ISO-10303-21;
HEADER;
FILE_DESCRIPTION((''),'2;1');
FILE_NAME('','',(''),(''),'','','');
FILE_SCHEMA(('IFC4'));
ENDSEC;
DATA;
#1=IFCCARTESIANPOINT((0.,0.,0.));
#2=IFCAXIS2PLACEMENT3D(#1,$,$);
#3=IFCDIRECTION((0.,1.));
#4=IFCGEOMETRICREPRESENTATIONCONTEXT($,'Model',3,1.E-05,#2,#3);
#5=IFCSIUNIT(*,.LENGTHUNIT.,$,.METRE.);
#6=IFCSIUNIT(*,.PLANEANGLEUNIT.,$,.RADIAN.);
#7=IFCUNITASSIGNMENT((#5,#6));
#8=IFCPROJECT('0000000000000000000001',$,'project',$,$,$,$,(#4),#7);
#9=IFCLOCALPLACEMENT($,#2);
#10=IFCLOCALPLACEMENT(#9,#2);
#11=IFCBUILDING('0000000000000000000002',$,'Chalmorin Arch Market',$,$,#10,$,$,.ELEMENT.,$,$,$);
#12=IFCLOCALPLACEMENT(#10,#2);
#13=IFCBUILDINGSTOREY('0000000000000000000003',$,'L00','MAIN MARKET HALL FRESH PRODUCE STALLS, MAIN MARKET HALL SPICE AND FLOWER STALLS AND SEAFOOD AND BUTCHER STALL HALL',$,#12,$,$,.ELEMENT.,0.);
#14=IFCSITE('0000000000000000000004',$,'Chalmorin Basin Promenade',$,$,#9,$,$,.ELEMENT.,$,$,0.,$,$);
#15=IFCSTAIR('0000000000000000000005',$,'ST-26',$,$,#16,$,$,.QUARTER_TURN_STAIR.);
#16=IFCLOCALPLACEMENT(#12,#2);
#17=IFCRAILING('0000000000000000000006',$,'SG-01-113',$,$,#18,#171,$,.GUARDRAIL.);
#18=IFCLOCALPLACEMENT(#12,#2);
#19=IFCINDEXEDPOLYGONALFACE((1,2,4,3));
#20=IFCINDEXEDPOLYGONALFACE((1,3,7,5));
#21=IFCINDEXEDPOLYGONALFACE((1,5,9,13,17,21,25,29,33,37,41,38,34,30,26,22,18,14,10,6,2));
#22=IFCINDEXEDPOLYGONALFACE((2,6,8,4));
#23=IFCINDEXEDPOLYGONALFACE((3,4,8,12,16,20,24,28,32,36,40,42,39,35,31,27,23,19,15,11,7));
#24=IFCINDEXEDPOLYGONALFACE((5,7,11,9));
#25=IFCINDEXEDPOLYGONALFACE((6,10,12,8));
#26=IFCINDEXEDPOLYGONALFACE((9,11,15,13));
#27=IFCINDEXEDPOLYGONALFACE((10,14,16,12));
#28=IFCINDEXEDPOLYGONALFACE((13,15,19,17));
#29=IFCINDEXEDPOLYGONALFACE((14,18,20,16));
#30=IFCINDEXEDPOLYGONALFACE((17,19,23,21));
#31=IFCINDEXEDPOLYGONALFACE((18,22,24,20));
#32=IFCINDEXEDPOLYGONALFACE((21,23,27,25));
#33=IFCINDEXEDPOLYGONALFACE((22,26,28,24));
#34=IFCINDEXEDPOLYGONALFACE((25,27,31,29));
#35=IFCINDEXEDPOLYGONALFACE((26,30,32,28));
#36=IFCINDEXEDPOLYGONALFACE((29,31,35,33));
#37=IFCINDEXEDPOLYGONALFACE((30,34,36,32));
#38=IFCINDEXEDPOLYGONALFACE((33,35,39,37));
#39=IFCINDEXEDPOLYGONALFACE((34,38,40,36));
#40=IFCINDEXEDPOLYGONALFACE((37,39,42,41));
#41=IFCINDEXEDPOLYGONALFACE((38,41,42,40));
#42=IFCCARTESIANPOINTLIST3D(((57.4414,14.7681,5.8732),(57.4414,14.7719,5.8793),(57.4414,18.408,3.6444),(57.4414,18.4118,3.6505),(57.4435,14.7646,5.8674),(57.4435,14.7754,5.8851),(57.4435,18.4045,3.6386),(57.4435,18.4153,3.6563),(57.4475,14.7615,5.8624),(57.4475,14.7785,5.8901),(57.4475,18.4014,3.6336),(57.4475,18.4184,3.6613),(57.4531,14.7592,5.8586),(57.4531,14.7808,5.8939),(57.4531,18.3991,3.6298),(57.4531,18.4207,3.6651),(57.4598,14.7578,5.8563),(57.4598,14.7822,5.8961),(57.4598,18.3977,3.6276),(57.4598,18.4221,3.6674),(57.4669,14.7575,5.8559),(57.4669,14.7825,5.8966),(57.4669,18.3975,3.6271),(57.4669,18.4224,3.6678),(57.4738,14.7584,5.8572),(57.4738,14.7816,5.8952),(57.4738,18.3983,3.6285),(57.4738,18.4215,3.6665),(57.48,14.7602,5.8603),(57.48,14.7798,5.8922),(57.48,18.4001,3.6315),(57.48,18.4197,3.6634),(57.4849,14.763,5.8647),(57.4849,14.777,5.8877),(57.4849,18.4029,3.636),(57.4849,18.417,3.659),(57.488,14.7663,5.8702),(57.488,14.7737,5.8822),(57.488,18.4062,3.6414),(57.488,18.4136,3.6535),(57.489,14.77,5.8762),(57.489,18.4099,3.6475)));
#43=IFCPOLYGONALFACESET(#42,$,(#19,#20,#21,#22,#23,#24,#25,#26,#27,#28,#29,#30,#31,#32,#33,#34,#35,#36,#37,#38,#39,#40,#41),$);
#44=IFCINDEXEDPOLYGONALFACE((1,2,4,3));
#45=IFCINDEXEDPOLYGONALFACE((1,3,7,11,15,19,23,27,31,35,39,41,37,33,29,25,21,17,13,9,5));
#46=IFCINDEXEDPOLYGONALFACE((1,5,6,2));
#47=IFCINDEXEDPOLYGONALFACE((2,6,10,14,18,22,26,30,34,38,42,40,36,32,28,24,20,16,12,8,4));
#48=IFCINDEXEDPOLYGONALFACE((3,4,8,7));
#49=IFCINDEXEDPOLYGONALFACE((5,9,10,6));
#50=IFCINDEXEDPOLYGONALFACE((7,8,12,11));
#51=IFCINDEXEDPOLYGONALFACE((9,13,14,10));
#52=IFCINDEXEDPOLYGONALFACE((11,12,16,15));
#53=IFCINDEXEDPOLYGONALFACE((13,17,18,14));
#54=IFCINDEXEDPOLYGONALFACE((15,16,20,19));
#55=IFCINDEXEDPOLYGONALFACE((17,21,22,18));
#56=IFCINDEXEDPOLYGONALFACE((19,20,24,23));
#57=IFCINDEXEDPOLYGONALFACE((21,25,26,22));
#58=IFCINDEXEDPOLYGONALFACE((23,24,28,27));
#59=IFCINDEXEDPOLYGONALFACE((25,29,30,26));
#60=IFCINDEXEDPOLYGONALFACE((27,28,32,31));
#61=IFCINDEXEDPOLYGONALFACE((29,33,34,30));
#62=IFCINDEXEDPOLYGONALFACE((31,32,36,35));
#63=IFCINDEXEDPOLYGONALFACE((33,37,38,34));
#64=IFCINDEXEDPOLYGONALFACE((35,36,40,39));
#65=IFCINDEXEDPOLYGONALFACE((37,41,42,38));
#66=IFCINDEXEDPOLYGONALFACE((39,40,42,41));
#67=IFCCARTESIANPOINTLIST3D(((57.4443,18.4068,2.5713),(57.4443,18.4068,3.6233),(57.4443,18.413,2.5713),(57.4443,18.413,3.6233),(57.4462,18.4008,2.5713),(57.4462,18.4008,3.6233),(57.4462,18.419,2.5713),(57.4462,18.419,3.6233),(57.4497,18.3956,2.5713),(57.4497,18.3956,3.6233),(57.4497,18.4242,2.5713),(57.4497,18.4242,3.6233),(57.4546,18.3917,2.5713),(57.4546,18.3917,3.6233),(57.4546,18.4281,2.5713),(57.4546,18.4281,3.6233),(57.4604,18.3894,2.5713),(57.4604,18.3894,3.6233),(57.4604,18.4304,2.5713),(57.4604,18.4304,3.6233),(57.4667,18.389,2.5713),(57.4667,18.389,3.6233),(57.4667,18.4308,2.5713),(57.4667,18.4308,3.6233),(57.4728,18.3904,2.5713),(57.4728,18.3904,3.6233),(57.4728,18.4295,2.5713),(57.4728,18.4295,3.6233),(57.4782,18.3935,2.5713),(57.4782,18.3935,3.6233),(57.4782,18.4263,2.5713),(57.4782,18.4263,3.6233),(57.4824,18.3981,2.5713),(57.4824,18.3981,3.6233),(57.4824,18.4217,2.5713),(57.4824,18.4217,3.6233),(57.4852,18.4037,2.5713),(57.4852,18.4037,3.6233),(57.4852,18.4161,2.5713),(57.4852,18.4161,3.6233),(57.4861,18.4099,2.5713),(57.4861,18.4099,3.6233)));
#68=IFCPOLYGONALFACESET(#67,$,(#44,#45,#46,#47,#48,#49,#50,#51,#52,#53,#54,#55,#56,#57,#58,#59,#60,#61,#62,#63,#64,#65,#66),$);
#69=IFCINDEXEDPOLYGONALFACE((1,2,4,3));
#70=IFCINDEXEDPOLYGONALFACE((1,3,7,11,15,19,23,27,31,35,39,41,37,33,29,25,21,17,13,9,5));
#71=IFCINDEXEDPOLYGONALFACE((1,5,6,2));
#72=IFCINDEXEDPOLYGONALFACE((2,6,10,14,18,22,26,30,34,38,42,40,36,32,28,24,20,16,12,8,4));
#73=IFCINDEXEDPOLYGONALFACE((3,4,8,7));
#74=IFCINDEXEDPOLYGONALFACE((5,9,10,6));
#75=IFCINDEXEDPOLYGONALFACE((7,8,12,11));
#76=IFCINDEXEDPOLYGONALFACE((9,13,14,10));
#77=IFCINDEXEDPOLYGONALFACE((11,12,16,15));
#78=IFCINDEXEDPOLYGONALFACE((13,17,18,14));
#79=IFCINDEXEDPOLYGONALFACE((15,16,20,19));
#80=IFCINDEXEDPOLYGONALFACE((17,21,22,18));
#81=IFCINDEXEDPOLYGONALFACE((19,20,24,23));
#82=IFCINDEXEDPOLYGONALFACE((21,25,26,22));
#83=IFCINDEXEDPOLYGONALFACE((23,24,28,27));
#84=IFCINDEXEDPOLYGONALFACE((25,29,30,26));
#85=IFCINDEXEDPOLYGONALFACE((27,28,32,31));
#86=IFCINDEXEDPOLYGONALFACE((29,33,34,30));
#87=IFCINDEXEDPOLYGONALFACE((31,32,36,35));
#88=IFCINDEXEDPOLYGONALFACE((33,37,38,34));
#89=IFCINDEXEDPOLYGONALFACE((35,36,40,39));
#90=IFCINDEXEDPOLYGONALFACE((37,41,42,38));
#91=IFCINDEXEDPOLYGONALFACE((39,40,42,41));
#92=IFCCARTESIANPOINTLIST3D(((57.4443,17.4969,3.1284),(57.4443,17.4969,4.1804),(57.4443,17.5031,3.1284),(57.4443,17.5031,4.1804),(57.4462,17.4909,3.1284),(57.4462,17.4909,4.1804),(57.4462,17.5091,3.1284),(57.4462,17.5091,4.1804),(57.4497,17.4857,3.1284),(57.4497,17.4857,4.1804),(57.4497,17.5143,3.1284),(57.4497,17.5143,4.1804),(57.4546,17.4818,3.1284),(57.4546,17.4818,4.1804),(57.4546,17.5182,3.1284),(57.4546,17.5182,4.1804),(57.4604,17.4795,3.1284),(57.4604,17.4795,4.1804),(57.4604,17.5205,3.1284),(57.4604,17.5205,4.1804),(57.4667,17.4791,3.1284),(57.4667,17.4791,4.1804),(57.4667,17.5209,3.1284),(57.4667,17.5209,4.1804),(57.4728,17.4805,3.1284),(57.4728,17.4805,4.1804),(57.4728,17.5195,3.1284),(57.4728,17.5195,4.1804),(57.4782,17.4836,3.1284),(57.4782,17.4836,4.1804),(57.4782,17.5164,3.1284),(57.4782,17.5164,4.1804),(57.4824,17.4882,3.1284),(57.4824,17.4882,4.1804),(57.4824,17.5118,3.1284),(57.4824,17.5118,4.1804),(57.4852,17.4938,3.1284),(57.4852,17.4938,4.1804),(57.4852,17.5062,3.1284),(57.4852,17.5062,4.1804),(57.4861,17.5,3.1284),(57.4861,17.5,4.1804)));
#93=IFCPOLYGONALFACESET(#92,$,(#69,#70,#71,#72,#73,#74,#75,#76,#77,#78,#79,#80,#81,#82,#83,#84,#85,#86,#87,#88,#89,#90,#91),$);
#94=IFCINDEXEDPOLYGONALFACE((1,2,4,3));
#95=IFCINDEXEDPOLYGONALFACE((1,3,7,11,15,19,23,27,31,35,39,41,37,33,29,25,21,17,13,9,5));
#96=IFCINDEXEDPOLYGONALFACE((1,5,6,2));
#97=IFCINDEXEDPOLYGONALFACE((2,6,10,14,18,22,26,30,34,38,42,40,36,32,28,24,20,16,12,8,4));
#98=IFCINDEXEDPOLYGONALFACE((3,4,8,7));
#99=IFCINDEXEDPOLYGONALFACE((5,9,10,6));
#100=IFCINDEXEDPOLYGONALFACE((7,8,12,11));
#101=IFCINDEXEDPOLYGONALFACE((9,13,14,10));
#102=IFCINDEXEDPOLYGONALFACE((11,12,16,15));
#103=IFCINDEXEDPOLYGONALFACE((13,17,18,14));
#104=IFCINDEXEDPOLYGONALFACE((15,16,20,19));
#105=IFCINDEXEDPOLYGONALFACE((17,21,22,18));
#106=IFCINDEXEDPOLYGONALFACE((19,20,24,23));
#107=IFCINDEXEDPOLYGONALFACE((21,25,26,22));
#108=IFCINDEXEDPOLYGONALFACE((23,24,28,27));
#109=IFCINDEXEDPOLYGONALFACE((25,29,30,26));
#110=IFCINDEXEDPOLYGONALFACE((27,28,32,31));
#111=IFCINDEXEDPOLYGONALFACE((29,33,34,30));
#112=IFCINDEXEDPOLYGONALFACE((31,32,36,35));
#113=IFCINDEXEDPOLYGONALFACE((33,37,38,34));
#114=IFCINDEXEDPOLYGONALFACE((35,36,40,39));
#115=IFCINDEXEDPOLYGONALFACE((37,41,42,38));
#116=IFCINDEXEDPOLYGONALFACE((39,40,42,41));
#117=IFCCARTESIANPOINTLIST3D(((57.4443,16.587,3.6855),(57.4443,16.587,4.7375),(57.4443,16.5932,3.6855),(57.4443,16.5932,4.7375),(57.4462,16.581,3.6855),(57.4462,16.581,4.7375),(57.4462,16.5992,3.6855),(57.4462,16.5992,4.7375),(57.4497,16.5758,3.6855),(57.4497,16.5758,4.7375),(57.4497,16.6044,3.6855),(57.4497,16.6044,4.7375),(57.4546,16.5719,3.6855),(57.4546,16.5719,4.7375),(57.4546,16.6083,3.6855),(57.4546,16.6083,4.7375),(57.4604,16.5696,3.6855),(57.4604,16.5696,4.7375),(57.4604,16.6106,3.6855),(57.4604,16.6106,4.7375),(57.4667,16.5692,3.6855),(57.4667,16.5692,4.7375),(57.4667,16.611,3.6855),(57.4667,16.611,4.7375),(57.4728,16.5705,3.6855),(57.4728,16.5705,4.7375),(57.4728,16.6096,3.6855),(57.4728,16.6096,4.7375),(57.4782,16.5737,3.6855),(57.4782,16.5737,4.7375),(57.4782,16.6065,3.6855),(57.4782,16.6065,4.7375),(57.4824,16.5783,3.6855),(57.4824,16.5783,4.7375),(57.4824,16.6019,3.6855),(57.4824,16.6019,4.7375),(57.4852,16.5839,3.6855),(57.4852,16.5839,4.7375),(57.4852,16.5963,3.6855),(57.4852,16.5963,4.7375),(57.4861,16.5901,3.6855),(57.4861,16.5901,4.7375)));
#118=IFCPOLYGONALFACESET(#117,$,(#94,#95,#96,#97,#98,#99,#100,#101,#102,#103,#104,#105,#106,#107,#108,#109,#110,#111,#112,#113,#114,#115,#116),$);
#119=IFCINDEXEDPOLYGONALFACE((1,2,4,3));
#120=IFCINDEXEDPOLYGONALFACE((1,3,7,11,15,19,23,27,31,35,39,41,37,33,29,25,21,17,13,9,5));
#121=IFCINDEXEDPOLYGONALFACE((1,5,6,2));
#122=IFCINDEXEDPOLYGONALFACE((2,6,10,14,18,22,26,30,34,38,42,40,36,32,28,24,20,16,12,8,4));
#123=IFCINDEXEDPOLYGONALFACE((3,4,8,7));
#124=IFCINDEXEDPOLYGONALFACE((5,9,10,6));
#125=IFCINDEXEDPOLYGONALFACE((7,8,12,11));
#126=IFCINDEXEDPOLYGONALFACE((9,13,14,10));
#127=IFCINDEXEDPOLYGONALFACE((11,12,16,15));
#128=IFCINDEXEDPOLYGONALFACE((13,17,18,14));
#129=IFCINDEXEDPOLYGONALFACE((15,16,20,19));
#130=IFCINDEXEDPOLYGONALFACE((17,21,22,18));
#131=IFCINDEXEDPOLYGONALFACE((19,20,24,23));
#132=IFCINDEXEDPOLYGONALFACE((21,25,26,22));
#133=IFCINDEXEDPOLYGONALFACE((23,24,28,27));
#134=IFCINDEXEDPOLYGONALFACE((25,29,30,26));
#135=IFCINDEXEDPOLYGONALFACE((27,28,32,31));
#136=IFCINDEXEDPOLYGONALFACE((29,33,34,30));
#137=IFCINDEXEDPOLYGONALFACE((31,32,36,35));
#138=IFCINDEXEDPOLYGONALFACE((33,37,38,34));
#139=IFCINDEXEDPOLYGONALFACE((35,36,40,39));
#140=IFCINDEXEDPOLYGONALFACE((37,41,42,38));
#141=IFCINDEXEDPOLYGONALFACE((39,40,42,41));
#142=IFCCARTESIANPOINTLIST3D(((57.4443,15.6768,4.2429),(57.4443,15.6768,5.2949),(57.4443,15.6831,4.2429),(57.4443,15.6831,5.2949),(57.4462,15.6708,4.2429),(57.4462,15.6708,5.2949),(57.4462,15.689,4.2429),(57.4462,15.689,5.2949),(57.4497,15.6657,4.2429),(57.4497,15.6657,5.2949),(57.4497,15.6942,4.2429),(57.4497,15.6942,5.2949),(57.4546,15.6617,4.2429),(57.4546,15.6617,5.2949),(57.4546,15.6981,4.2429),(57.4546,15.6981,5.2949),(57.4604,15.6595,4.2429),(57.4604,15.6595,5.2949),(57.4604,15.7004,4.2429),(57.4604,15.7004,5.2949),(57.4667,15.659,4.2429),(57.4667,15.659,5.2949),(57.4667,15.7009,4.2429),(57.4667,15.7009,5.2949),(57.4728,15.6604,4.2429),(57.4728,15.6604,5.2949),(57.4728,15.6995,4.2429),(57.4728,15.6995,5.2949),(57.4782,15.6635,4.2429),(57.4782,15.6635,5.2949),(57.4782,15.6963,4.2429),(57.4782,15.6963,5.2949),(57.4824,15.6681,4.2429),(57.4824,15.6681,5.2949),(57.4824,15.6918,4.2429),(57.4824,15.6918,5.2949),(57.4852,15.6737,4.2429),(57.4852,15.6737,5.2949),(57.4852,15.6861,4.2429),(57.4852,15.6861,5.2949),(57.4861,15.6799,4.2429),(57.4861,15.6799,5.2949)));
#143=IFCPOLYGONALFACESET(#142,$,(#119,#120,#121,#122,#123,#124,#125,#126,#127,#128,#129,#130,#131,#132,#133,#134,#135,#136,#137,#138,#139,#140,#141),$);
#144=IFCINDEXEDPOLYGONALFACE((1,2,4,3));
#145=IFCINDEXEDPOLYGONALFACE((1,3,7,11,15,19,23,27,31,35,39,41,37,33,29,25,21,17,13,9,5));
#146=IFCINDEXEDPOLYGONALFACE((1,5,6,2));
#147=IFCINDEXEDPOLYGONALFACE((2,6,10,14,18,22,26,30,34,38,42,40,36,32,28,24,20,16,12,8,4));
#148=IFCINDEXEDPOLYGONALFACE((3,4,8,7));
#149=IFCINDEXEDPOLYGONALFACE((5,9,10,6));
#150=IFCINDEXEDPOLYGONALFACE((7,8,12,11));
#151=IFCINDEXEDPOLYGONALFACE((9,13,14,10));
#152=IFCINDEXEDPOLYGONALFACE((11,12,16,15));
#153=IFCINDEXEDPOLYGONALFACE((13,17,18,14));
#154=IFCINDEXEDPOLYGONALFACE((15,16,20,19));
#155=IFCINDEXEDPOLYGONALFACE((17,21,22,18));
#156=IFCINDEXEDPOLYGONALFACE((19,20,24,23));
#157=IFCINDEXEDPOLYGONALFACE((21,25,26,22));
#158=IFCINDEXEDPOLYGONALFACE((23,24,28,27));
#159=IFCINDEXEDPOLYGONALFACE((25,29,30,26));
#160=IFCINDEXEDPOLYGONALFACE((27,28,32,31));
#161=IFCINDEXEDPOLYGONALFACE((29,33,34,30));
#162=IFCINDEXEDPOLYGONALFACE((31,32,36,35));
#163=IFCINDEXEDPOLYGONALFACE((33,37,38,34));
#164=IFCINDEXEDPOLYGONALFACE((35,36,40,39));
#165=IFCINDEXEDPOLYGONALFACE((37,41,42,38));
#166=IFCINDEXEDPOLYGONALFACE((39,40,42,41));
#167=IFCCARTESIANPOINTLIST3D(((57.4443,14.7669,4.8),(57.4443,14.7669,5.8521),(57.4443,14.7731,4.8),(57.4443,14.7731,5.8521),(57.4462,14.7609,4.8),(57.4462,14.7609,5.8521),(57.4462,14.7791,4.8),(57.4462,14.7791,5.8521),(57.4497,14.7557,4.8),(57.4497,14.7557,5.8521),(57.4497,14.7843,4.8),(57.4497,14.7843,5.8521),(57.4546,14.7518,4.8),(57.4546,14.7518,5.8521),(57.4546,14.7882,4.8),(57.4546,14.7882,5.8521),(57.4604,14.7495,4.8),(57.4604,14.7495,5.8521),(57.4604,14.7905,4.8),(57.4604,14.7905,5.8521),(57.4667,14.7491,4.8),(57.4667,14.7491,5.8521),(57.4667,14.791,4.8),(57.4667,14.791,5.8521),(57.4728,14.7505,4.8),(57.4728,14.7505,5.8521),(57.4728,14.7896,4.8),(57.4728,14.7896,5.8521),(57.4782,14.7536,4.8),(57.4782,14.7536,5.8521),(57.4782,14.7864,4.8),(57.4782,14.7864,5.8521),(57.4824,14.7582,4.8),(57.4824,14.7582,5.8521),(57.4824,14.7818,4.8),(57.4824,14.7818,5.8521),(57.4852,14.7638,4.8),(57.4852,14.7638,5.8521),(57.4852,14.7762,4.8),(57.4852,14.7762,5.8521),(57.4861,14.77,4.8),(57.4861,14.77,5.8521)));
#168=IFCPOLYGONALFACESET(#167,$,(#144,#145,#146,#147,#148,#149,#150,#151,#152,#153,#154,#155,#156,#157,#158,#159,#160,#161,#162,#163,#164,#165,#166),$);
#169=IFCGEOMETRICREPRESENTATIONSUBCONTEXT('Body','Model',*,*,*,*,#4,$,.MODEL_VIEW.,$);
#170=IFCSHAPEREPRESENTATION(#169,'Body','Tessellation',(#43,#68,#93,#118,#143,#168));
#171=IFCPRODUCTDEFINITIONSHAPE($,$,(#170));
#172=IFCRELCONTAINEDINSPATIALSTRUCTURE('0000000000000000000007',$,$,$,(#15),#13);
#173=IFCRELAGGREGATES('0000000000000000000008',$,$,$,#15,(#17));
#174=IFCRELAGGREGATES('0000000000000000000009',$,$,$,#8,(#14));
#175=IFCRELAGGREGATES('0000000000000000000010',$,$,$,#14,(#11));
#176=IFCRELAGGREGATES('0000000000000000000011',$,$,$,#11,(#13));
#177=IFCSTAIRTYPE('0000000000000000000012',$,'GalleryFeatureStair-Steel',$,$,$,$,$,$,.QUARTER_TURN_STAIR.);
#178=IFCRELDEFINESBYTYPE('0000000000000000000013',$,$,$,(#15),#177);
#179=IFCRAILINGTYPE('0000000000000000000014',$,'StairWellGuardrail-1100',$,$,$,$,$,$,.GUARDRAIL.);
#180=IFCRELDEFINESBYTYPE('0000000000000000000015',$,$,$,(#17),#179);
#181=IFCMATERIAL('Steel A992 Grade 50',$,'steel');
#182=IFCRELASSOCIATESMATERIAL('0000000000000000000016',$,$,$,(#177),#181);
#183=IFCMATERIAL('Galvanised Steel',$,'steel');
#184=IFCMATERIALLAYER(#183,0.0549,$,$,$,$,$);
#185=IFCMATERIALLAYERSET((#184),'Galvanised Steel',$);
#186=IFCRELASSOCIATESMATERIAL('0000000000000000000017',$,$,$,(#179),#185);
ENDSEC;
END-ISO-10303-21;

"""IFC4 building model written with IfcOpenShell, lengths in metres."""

from ifc_helpers import new_model, si_unit, direction, frame, origin, origin_2d, place, context, subcontext, project, spatial, circle, extrude, material, layer, layer_set, type_object, element, aggregate, save


model = new_model("IFC4")

# Units and contexts
model_context = context("Model", 3, precision=1e-05, world=origin(), true_north=direction((0.0, 1.0)))
body_context = subcontext(model_context, "Body", "Model", "MODEL_VIEW")
ifc_project = project(units=[si_unit("LENGTHUNIT", "METRE"), si_unit("PLANEANGLEUNIT", "RADIAN")], contexts=[model_context])

# Site, building, storey
site_placement = place(None, origin())
site = spatial("IfcSite", under=ifc_project, at=site_placement, Name="Chalmorin Basin Promenade", CompositionType="ELEMENT", RefElevation=0.0)
building_placement = place(site_placement, origin())
building = spatial("IfcBuilding", under=site, at=building_placement, Name="Chalmorin Arch Market", CompositionType="ELEMENT")
storey_placement = place(building_placement, origin())
storey = spatial("IfcBuildingStorey", under=building, at=storey_placement, Name="L00", Description="MAIN MARKET HALL FRESH PRODUCE STALLS, MAIN MARKET HALL SPICE AND FLOWER STALLS AND SEAFOOD AND BUTCHER STALL HALL", CompositionType="ELEMENT", Elevation=0.0)

# Shared definitions
ifc_material_1 = material(Name="Steel A992 Grade 50", Category="steel")

# Stair, railing
stair_type = type_object("IfcStairType", Name="GalleryFeatureStair-Steel", PredefinedType="QUARTER_TURN_STAIR", material=ifc_material_1)
stair_placement = place(storey_placement, origin())
stair = element("IfcStair", 1, at=stair_placement, inside=storey, type_object=stair_type, Name="ST-26", PredefinedType="QUARTER_TURN_STAIR")
ifc_material_2 = material(Name="Galvanised Steel", Category="steel")
ifc_layer_1 = layer(ifc_material_2, 0.0549)
ifc_layer_set_1 = layer_set([ifc_layer_1], Name="Galvanised Steel")
railing_type = type_object("IfcRailingType", Name="StairWellGuardrail-1100", PredefinedType="GUARDRAIL", material=ifc_layer_set_1)
railing_1_placement = place(storey_placement, frame((57.4651, 18.4099, 2.5713)))
railing_1 = element("IfcRailing", 2, at=railing_1_placement, type_object=railing_type, Name="SG-01-113", PredefinedType="GUARDRAIL", context=body_context, shape_type="SweptSolid", body=[
    extrude(circle(Radius=0.0239, at=origin_2d()), frame((0.0, 0.0, 1.0762), z_axis=(0.0, -0.852825, 0.522197), x_axis=(1.0, 0.0, 0.0)), (0.0, 0.0, 1.0), 4.2681),
    extrude(circle(Radius=0.021, at=origin_2d()), origin(), (0.0, 0.0, 1.0), 1.052),
    extrude(circle(Radius=0.021, at=origin_2d()), frame((0.0, -0.9099, 0.5571)), (0.0, 0.0, 1.0), 1.052),
    extrude(circle(Radius=0.021, at=origin_2d()), frame((0.0, -1.8198, 1.1143)), (0.0, 0.0, 1.0), 1.052),
    extrude(circle(Radius=0.021, at=origin_2d()), frame((0.0, -2.73, 1.6716)), (0.0, 0.0, 1.0), 1.052),
    extrude(circle(Radius=0.021, at=origin_2d()), frame((0.0, -3.6399, 2.2288)), (0.0, 0.0, 1.0), 1.052),
])
aggregate(stair, [railing_1])

save(model, "model.ifc")
